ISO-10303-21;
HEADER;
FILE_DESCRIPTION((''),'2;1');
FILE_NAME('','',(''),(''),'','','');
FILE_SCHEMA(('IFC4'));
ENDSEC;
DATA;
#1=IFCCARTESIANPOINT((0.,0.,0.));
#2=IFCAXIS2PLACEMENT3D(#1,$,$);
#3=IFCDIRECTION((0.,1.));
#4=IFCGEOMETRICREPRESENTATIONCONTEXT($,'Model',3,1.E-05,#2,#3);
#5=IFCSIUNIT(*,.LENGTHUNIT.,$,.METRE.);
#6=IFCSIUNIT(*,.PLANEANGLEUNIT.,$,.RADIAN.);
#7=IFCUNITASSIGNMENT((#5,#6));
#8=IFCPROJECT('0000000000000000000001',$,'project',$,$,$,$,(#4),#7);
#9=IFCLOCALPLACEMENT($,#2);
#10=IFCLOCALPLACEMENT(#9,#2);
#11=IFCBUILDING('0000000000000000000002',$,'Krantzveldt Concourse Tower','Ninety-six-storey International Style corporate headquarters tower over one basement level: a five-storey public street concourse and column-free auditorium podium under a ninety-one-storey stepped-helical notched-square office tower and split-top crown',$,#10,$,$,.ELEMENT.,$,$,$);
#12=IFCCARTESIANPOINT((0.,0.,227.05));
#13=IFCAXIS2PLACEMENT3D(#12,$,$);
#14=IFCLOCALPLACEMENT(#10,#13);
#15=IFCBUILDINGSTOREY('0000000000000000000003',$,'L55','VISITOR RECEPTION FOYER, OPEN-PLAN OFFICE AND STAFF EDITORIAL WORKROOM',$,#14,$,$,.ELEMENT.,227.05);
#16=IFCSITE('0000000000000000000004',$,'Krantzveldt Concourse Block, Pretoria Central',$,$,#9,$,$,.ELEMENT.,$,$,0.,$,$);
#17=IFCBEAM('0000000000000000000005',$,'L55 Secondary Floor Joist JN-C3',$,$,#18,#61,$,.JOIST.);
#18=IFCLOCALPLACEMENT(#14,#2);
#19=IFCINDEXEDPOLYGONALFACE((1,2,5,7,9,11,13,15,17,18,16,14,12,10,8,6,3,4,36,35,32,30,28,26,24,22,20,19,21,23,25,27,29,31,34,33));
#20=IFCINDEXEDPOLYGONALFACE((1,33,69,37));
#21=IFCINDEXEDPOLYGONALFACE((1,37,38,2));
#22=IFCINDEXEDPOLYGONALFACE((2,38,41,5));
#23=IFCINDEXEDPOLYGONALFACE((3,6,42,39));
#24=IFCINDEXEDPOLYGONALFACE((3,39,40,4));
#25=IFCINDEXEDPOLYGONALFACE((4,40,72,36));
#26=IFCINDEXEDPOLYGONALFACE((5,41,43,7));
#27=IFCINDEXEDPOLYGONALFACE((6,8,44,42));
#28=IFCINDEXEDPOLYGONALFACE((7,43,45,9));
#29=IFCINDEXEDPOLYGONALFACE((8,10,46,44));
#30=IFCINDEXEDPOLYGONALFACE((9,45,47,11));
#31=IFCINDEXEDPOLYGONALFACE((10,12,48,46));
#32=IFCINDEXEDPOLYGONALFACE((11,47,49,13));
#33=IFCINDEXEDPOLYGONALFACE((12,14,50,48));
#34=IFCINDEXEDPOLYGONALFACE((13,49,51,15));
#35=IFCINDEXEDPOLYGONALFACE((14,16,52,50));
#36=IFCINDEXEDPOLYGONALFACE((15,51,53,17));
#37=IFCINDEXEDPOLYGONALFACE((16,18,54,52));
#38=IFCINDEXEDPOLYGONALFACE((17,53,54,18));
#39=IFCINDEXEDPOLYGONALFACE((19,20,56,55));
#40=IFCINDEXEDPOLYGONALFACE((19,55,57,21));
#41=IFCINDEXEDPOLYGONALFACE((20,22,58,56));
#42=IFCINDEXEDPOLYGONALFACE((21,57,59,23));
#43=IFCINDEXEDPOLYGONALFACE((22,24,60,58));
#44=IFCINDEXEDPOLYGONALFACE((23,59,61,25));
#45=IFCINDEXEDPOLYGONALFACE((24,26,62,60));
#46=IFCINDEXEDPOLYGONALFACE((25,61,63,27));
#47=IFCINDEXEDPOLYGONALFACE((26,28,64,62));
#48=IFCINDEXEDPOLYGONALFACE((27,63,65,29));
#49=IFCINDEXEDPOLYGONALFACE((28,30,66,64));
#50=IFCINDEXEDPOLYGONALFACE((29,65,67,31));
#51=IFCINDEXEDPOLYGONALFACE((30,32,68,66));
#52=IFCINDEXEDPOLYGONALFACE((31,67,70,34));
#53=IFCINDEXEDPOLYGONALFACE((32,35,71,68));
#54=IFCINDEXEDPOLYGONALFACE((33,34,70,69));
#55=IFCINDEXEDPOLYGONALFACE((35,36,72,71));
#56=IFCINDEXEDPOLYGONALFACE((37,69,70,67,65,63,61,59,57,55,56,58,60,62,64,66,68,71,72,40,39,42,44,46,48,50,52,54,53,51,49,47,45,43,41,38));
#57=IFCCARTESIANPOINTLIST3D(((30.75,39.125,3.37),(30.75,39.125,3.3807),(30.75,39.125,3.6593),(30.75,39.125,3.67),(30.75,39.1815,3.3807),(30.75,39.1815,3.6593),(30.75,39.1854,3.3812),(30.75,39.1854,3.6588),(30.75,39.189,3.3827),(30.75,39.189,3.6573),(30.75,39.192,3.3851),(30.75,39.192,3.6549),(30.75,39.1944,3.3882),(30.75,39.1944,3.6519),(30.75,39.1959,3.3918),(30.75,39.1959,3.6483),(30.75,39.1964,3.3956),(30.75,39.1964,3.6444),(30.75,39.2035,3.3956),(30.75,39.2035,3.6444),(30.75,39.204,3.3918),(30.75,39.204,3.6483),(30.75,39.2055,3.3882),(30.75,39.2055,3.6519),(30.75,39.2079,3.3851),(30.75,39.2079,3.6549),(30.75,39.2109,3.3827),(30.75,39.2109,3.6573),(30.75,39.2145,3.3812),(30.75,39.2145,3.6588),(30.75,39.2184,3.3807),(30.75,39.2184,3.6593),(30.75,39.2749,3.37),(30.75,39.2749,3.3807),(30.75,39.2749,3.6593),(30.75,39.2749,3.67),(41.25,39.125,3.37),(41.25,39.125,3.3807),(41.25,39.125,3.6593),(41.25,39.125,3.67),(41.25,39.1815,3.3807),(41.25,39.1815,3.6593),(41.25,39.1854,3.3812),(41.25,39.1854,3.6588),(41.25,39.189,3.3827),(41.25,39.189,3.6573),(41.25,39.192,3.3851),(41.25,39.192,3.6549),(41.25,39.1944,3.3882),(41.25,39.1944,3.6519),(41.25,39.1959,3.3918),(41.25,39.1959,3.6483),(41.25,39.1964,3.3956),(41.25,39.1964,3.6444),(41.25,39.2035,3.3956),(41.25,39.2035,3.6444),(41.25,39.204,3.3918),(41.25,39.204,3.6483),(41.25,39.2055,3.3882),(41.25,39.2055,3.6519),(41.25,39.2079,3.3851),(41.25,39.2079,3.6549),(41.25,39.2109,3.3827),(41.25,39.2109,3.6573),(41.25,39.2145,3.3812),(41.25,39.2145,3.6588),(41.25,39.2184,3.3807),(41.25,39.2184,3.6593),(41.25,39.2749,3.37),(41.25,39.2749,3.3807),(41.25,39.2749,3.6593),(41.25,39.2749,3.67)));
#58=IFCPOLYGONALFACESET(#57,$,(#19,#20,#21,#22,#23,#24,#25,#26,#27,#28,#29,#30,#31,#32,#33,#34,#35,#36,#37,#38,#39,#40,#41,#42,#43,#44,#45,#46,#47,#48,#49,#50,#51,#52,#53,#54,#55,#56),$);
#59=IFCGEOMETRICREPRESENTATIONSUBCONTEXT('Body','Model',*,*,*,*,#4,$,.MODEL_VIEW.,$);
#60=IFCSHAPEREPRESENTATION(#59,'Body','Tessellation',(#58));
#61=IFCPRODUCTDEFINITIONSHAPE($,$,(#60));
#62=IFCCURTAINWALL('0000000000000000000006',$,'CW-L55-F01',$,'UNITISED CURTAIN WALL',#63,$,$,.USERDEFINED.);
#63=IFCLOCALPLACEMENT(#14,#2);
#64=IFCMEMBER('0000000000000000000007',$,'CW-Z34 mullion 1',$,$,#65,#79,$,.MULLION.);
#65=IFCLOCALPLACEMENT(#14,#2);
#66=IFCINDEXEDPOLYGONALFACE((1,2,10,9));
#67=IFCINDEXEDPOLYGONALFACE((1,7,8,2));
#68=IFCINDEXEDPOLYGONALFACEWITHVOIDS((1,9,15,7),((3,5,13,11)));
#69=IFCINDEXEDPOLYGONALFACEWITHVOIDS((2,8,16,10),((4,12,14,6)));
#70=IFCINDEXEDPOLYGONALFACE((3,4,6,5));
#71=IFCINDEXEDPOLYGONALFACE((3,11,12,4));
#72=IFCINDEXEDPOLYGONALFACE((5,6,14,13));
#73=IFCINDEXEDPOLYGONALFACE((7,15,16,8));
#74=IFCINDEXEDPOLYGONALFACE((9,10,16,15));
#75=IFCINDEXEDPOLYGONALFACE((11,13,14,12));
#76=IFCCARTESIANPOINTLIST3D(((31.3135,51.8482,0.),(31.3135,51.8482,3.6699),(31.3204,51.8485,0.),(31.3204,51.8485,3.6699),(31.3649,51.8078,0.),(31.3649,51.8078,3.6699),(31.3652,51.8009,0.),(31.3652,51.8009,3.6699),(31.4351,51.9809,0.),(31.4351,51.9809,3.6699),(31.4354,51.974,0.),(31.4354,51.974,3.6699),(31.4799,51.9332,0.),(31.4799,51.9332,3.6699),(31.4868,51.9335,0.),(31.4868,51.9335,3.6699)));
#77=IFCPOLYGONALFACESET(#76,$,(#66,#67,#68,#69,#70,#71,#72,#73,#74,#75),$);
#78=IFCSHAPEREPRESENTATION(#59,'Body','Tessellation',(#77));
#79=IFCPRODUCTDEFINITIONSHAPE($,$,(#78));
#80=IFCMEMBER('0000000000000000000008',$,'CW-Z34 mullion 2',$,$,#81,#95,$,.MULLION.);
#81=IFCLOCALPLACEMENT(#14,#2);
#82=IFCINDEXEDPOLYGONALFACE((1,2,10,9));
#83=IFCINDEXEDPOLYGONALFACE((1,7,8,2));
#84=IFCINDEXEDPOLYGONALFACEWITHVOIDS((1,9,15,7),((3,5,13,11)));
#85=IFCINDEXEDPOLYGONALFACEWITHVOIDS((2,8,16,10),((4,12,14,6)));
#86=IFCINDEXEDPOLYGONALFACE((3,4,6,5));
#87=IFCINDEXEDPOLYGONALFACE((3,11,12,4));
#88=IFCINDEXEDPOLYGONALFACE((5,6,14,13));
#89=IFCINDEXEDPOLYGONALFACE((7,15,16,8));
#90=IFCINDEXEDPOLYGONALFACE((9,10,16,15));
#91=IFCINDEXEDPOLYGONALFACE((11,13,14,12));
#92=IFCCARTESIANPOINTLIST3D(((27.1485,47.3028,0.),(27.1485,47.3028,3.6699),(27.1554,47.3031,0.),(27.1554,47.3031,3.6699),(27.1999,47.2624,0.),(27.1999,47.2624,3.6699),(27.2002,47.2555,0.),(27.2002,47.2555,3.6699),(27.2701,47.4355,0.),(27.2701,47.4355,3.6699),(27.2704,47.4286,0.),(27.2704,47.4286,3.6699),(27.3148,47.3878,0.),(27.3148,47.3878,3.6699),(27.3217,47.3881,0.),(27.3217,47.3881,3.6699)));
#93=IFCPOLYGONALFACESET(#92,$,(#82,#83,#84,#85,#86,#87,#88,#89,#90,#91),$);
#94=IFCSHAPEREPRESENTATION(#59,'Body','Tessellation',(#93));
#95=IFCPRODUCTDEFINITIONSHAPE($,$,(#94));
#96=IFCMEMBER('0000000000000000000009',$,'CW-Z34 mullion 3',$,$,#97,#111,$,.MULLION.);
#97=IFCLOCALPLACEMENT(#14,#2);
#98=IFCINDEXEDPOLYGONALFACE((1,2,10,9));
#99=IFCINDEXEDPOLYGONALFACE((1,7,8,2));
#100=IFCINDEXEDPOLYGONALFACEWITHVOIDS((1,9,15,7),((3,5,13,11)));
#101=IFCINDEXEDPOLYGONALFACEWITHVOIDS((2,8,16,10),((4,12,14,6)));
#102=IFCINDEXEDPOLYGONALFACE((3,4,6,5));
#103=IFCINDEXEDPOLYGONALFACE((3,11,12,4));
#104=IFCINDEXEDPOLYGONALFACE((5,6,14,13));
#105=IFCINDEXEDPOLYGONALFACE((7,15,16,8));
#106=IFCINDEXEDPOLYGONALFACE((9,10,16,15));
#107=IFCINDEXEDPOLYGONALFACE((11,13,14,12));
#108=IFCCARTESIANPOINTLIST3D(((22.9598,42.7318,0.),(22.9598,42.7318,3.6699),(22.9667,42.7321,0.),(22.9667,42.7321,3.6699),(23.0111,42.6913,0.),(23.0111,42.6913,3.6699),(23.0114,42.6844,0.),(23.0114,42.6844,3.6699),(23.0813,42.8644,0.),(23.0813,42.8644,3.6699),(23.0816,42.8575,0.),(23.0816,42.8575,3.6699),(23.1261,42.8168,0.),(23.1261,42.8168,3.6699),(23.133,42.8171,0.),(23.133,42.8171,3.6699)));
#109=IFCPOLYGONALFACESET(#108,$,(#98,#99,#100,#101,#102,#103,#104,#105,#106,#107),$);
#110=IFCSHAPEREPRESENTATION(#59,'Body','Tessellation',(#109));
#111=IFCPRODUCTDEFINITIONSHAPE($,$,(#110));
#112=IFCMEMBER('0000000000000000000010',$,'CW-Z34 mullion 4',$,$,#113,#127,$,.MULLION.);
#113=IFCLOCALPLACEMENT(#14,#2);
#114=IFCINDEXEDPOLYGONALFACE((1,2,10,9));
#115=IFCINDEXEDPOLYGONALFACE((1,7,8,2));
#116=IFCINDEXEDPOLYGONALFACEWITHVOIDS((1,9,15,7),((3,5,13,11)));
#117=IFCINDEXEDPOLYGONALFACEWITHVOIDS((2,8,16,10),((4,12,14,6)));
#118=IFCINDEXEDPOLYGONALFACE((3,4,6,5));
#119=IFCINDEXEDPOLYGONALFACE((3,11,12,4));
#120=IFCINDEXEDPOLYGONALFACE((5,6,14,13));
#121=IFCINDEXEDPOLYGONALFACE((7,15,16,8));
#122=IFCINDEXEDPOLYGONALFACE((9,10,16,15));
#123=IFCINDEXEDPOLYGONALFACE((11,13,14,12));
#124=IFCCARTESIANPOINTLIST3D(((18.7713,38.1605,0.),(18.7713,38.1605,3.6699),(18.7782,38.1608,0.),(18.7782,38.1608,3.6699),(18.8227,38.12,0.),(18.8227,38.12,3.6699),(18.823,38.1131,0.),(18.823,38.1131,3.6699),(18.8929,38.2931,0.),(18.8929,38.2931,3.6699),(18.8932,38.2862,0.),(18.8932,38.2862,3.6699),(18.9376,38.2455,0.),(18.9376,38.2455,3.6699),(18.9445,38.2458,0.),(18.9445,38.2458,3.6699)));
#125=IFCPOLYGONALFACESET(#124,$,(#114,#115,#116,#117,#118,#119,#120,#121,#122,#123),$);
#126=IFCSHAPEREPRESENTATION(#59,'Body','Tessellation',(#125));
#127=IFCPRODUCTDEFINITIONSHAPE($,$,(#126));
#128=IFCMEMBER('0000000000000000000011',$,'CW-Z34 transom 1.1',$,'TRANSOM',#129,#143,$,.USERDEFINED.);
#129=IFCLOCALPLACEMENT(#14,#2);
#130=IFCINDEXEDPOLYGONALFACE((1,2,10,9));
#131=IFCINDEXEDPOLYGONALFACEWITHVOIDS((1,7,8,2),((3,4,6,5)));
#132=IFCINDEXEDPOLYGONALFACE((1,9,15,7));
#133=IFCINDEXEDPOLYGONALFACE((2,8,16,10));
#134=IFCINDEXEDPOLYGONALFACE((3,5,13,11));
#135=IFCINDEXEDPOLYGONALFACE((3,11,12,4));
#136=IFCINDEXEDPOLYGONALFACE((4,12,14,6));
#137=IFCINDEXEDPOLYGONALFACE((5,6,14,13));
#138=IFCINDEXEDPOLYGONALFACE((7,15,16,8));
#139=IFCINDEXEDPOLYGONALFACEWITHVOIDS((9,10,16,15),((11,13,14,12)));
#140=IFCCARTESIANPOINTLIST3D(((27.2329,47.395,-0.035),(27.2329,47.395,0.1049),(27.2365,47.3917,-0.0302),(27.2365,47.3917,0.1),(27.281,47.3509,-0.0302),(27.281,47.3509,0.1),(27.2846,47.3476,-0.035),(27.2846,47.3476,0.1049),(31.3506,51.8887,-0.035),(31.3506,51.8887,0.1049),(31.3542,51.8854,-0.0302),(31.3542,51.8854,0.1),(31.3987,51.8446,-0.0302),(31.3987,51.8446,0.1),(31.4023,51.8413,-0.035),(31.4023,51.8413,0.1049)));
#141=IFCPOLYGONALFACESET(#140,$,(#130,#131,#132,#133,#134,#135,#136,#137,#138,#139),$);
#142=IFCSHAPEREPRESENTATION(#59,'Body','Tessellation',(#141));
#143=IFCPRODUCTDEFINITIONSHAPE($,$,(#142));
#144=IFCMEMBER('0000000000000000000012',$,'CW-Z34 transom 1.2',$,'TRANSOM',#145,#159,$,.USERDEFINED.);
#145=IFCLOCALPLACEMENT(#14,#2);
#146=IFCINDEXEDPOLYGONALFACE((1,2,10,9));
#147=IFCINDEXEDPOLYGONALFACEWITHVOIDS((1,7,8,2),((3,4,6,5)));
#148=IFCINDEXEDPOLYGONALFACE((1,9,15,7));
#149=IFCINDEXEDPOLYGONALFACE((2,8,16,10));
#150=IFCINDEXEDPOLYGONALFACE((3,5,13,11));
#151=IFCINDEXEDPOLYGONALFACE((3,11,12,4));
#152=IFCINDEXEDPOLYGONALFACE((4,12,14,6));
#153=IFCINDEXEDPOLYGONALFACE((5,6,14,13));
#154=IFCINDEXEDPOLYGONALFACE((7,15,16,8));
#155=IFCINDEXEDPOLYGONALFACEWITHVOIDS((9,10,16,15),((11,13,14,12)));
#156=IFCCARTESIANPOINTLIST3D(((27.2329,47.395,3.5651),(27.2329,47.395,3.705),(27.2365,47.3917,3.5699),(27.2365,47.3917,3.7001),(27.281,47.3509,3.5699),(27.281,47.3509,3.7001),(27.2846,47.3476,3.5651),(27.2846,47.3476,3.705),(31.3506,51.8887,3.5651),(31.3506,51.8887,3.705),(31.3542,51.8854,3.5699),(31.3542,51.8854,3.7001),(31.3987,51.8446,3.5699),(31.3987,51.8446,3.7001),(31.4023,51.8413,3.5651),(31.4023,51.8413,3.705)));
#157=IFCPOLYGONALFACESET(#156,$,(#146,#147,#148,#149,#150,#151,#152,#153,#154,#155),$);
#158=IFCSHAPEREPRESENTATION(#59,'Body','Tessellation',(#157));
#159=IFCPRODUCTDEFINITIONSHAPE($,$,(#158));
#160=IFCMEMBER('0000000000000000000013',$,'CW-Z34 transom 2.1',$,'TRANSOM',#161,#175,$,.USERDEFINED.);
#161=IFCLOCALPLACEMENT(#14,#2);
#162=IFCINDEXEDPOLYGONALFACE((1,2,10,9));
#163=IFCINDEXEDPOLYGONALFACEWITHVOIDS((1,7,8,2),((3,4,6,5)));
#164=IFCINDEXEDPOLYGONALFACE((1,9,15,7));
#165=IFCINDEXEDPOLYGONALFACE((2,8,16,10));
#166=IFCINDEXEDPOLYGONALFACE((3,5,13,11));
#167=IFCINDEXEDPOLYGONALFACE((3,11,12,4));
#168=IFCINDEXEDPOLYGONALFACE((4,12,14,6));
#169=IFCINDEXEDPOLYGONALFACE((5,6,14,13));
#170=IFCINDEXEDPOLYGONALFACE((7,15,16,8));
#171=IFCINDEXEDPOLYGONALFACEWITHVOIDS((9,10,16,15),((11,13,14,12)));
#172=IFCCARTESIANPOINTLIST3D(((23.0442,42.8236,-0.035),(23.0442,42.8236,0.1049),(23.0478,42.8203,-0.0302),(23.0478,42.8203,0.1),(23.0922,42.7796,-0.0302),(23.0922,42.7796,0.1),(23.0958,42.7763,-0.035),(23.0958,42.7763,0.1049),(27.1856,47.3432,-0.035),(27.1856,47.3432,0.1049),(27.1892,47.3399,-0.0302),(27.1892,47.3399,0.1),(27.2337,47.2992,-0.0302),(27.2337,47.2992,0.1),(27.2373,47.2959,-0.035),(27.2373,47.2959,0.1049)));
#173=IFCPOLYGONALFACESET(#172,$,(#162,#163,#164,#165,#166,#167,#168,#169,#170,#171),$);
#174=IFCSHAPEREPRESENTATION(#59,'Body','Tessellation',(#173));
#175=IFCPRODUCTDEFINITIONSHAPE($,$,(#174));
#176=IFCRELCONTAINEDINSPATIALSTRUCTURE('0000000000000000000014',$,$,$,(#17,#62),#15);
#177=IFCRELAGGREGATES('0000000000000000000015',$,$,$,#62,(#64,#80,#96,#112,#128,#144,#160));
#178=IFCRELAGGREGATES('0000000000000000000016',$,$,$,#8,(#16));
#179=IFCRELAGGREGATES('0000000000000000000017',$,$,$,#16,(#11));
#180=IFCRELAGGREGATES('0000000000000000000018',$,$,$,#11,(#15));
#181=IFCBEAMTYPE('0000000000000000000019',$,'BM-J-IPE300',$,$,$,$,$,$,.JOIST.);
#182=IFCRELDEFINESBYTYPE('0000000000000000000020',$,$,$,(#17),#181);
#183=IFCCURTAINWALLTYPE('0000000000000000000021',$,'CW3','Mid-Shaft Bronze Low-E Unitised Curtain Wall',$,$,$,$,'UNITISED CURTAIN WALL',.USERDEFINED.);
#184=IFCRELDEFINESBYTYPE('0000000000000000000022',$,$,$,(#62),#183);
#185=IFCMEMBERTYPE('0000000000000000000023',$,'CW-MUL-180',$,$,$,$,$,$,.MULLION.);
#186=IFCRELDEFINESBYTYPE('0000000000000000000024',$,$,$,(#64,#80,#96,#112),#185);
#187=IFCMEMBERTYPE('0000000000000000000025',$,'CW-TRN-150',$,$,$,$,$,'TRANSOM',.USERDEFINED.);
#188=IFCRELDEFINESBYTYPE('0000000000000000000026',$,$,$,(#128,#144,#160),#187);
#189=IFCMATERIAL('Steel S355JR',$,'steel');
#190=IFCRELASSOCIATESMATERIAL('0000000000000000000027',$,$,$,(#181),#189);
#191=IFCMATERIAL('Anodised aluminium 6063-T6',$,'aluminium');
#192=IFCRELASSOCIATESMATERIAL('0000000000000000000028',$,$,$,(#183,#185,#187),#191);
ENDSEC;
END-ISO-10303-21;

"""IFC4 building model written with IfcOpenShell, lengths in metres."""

from ifc_helpers import new_model, si_unit, direction, frame, origin, origin_2d, place, context, subcontext, project, spatial, hollow_rectangle, i_section, extrude, source, transform, mapped, material, material_profile, profile_set, type_object, type_shapes, element, aggregate, save


model = new_model("IFC4")

# Units and contexts
model_context = context("Model", 3, precision=1e-05, world=origin(), true_north=direction((0.0, 1.0)))
body_context = subcontext(model_context, "Body", "Model", "MODEL_VIEW")
ifc_project = project(units=[si_unit("LENGTHUNIT", "METRE"), si_unit("PLANEANGLEUNIT", "RADIAN")], contexts=[model_context])

# Site, building, storey
site_placement = place(None, origin())
site = spatial("IfcSite", under=ifc_project, at=site_placement, Name="Krantzveldt Concourse Block, Pretoria Central", CompositionType="ELEMENT", RefElevation=0.0)
building_placement = place(site_placement, origin())
building = spatial("IfcBuilding", under=site, at=building_placement, Name="Krantzveldt Concourse Tower", Description="Ninety-six-storey International Style corporate headquarters tower over one basement level: a five-storey public street concourse and column-free auditorium podium under a ninety-one-storey stepped-helical notched-square office tower and split-top crown", CompositionType="ELEMENT")
storey_placement = place(building_placement, frame((0.0, 0.0, 227.05)))
storey = spatial("IfcBuildingStorey", under=building, at=storey_placement, Name="L55", Description="VISITOR RECEPTION FOYER, OPEN-PLAN OFFICE AND STAFF EDITORIAL WORKROOM", CompositionType="ELEMENT", Elevation=227.05)

# Beam
ifc_material_1 = material(Name="Steel S355JR", Category="steel")
ifc_material_profile_1 = material_profile(ifc_material_1, i_section(OverallWidth=0.1499, OverallDepth=0.3, WebThickness=0.0071, FlangeThickness=0.0107, FilletRadius=0.0149, at=origin_2d()), Name="Steel S355JR", Category="steel")
ifc_profile_set_1 = profile_set([ifc_material_profile_1], Name="Steel S355JR - IPE 300")
beam_type_1 = type_object("IfcBeamType", Name="BM-J-IPE300", PredefinedType="JOIST", material=ifc_profile_set_1)
shared_shape_1 = source(origin(), body_context, "Body", "SweptSolid", [
    extrude(i_section(OverallWidth=0.1499, OverallDepth=0.3, WebThickness=0.0071, FlangeThickness=0.0107, FilletRadius=0.0149, at=origin_2d()), origin(), (0.0, 0.0, 1.0), 10.5),
])
type_shapes(beam_type_1, [shared_shape_1])
beam_1_placement = place(storey_placement, frame((30.75, 39.2, 3.52), z_axis=(1.0, 0.0, 0.0), x_axis=(0.0, 1.0, 0.0)))
element("IfcBeam", 1, at=beam_1_placement, inside=storey, type_object=beam_type_1, Name="L55 Secondary Floor Joist JN-C3", PredefinedType="JOIST", context=body_context, shape_type="MappedRepresentation", body=[
    mapped(shared_shape_1, transform((0.0, 0.0, 0.0), x_axis=(1.0, 0.0, 0.0), y_axis=(0.0, 1.0, 0.0), z_axis=(0.0, 0.0, 1.0), scale=1.0)),
])

# Curtain wall, members
ifc_material_2 = material(Name="Anodised aluminium 6063-T6", Category="aluminium")
curtain_wall_type = type_object("IfcCurtainWallType", Name="CW3", Description="Mid-Shaft Bronze Low-E Unitised Curtain Wall", ElementType="UNITISED CURTAIN WALL", PredefinedType="USERDEFINED", material=ifc_material_2)
curtain_wall_placement = place(storey_placement, origin())
curtain_wall = element("IfcCurtainWall", 2, at=curtain_wall_placement, inside=storey, type_object=curtain_wall_type, Name="CW-L55-F01", ObjectType="UNITISED CURTAIN WALL", PredefinedType="USERDEFINED")
ifc_material_profile_2 = material_profile(ifc_material_2, hollow_rectangle(XDim=0.0701, YDim=0.1799, WallThickness=0.0049, at=origin_2d()), Name="Anodised aluminium 6063-T6", Category="aluminium")
ifc_profile_set_2 = profile_set([ifc_material_profile_2], Name="Anodised aluminium 6063-T6 - ALU-MULL 180x70x5")
member_type_1 = type_object("IfcMemberType", Name="CW-MUL-180", PredefinedType="MULLION", material=ifc_profile_set_2)
shared_shape_2 = source(origin(), body_context, "Body", "SweptSolid", [
    extrude(hollow_rectangle(XDim=0.0701, YDim=0.1799, WallThickness=0.0049, at=origin_2d()), origin(), (0.0, 0.0, 1.0), 3.6699),
])
type_shapes(member_type_1, [shared_shape_2])
member_1_placement = place(storey_placement, frame((31.4001, 51.8909, 0.0), z_axis=(0.0, 0.0, 1.0), x_axis=(0.737277, -0.67559, 0.0)))
member_1 = element("IfcMember", 3, at=member_1_placement, type_object=member_type_1, Name="CW-Z34 mullion 1", PredefinedType="MULLION", context=body_context, shape_type="MappedRepresentation", body=[
    mapped(shared_shape_2, transform((0.0, 0.0, 0.0), x_axis=(1.0, 0.0, 0.0), y_axis=(0.0, 1.0, 0.0), z_axis=(0.0, 0.0, 1.0), scale=1.0)),
])
member_2_placement = place(storey_placement, frame((27.2351, 47.3455, 0.0), z_axis=(0.0, 0.0, 1.0), x_axis=(0.737277, -0.67559, 0.0)))
member_2 = element("IfcMember", 4, at=member_2_placement, type_object=member_type_1, Name="CW-Z34 mullion 2", PredefinedType="MULLION", context=body_context, shape_type="MappedRepresentation", body=[
    mapped(shared_shape_2, transform((0.0, 0.0, 0.0), x_axis=(1.0, 0.0, 0.0), y_axis=(0.0, 1.0, 0.0), z_axis=(0.0, 0.0, 1.0), scale=1.0)),
])
member_3_placement = place(storey_placement, frame((23.0464, 42.7744, 0.0), z_axis=(0.0, 0.0, 1.0), x_axis=(0.737277, -0.67559, 0.0)))
member_3 = element("IfcMember", 5, at=member_3_placement, type_object=member_type_1, Name="CW-Z34 mullion 3", PredefinedType="MULLION", context=body_context, shape_type="MappedRepresentation", body=[
    mapped(shared_shape_2, transform((0.0, 0.0, 0.0), x_axis=(1.0, 0.0, 0.0), y_axis=(0.0, 1.0, 0.0), z_axis=(0.0, 0.0, 1.0), scale=1.0)),
])
member_4_placement = place(storey_placement, frame((18.8579, 38.2031, 0.0), z_axis=(0.0, 0.0, 1.0), x_axis=(0.737277, -0.67559, 0.0)))
member_4 = element("IfcMember", 6, at=member_4_placement, type_object=member_type_1, Name="CW-Z34 mullion 4", PredefinedType="MULLION", context=body_context, shape_type="MappedRepresentation", body=[
    mapped(shared_shape_2, transform((0.0, 0.0, 0.0), x_axis=(1.0, 0.0, 0.0), y_axis=(0.0, 1.0, 0.0), z_axis=(0.0, 0.0, 1.0), scale=1.0)),
])
ifc_material_profile_3 = material_profile(ifc_material_2, hollow_rectangle(XDim=0.0701, YDim=0.1399, WallThickness=0.0049, at=origin_2d()), Name="Anodised aluminium 6063-T6", Category="aluminium")
ifc_profile_set_3 = profile_set([ifc_material_profile_3], Name="Anodised aluminium 6063-T6 - ALU-TRAN 140x70x5")
member_type_2 = type_object("IfcMemberType", Name="CW-TRN-150", ElementType="TRANSOM", PredefinedType="USERDEFINED", material=ifc_profile_set_3)
shared_shape_3 = source(origin(), body_context, "Body", "SweptSolid", [
    extrude(hollow_rectangle(XDim=0.0701, YDim=0.1399, WallThickness=0.0049, at=origin_2d()), origin(), (0.0, 0.0, 1.0), 6.095),
])
member_5_placement = place(storey_placement, frame((31.3765, 51.865, 0.0349), z_axis=(-0.67559, -0.737277, 0.0), x_axis=(0.737277, -0.67559, 0.0)))
member_5 = element("IfcMember", 7, at=member_5_placement, type_object=member_type_2, Name="CW-Z34 transom 1.1", ObjectType="TRANSOM", PredefinedType="USERDEFINED", context=body_context, shape_type="MappedRepresentation", body=[
    mapped(shared_shape_3, transform((0.0, 0.0, 0.0), x_axis=(1.0, 0.0, 0.0), y_axis=(0.0, 1.0, 0.0), z_axis=(0.0, 0.0, 1.0), scale=1.0)),
])
member_6_placement = place(storey_placement, frame((31.3765, 51.865, 3.635), z_axis=(-0.67559, -0.737277, 0.0), x_axis=(0.737277, -0.67559, 0.0)))
member_6 = element("IfcMember", 8, at=member_6_placement, type_object=member_type_2, Name="CW-Z34 transom 1.2", ObjectType="TRANSOM", PredefinedType="USERDEFINED", context=body_context, shape_type="MappedRepresentation", body=[
    mapped(shared_shape_3, transform((0.0, 0.0, 0.0), x_axis=(1.0, 0.0, 0.0), y_axis=(0.0, 1.0, 0.0), z_axis=(0.0, 0.0, 1.0), scale=1.0)),
])
shared_shape_4 = source(origin(), body_context, "Body", "SweptSolid", [
    extrude(hollow_rectangle(XDim=0.0701, YDim=0.1399, WallThickness=0.0049, at=origin_2d()), origin(), (0.0, 0.0, 1.0), 6.1301),
])
type_shapes(member_type_2, [shared_shape_3, shared_shape_4])
member_7_placement = place(storey_placement, frame((27.2114, 47.3196, 0.0349), z_axis=(-0.675588, -0.73728, 0.0), x_axis=(0.73728, -0.675588, 0.0)))
member_7 = element("IfcMember", 9, at=member_7_placement, type_object=member_type_2, Name="CW-Z34 transom 2.1", ObjectType="TRANSOM", PredefinedType="USERDEFINED", context=body_context, shape_type="MappedRepresentation", body=[
    mapped(shared_shape_4, transform((0.0, 0.0, 0.0), x_axis=(1.0, 0.0, 0.0), y_axis=(0.0, 1.0, 0.0), z_axis=(0.0, 0.0, 1.0), scale=1.0)),
])
aggregate(curtain_wall, [member_1, member_2, member_3, member_4, member_5, member_6, member_7])

save(model, "model.ifc")
